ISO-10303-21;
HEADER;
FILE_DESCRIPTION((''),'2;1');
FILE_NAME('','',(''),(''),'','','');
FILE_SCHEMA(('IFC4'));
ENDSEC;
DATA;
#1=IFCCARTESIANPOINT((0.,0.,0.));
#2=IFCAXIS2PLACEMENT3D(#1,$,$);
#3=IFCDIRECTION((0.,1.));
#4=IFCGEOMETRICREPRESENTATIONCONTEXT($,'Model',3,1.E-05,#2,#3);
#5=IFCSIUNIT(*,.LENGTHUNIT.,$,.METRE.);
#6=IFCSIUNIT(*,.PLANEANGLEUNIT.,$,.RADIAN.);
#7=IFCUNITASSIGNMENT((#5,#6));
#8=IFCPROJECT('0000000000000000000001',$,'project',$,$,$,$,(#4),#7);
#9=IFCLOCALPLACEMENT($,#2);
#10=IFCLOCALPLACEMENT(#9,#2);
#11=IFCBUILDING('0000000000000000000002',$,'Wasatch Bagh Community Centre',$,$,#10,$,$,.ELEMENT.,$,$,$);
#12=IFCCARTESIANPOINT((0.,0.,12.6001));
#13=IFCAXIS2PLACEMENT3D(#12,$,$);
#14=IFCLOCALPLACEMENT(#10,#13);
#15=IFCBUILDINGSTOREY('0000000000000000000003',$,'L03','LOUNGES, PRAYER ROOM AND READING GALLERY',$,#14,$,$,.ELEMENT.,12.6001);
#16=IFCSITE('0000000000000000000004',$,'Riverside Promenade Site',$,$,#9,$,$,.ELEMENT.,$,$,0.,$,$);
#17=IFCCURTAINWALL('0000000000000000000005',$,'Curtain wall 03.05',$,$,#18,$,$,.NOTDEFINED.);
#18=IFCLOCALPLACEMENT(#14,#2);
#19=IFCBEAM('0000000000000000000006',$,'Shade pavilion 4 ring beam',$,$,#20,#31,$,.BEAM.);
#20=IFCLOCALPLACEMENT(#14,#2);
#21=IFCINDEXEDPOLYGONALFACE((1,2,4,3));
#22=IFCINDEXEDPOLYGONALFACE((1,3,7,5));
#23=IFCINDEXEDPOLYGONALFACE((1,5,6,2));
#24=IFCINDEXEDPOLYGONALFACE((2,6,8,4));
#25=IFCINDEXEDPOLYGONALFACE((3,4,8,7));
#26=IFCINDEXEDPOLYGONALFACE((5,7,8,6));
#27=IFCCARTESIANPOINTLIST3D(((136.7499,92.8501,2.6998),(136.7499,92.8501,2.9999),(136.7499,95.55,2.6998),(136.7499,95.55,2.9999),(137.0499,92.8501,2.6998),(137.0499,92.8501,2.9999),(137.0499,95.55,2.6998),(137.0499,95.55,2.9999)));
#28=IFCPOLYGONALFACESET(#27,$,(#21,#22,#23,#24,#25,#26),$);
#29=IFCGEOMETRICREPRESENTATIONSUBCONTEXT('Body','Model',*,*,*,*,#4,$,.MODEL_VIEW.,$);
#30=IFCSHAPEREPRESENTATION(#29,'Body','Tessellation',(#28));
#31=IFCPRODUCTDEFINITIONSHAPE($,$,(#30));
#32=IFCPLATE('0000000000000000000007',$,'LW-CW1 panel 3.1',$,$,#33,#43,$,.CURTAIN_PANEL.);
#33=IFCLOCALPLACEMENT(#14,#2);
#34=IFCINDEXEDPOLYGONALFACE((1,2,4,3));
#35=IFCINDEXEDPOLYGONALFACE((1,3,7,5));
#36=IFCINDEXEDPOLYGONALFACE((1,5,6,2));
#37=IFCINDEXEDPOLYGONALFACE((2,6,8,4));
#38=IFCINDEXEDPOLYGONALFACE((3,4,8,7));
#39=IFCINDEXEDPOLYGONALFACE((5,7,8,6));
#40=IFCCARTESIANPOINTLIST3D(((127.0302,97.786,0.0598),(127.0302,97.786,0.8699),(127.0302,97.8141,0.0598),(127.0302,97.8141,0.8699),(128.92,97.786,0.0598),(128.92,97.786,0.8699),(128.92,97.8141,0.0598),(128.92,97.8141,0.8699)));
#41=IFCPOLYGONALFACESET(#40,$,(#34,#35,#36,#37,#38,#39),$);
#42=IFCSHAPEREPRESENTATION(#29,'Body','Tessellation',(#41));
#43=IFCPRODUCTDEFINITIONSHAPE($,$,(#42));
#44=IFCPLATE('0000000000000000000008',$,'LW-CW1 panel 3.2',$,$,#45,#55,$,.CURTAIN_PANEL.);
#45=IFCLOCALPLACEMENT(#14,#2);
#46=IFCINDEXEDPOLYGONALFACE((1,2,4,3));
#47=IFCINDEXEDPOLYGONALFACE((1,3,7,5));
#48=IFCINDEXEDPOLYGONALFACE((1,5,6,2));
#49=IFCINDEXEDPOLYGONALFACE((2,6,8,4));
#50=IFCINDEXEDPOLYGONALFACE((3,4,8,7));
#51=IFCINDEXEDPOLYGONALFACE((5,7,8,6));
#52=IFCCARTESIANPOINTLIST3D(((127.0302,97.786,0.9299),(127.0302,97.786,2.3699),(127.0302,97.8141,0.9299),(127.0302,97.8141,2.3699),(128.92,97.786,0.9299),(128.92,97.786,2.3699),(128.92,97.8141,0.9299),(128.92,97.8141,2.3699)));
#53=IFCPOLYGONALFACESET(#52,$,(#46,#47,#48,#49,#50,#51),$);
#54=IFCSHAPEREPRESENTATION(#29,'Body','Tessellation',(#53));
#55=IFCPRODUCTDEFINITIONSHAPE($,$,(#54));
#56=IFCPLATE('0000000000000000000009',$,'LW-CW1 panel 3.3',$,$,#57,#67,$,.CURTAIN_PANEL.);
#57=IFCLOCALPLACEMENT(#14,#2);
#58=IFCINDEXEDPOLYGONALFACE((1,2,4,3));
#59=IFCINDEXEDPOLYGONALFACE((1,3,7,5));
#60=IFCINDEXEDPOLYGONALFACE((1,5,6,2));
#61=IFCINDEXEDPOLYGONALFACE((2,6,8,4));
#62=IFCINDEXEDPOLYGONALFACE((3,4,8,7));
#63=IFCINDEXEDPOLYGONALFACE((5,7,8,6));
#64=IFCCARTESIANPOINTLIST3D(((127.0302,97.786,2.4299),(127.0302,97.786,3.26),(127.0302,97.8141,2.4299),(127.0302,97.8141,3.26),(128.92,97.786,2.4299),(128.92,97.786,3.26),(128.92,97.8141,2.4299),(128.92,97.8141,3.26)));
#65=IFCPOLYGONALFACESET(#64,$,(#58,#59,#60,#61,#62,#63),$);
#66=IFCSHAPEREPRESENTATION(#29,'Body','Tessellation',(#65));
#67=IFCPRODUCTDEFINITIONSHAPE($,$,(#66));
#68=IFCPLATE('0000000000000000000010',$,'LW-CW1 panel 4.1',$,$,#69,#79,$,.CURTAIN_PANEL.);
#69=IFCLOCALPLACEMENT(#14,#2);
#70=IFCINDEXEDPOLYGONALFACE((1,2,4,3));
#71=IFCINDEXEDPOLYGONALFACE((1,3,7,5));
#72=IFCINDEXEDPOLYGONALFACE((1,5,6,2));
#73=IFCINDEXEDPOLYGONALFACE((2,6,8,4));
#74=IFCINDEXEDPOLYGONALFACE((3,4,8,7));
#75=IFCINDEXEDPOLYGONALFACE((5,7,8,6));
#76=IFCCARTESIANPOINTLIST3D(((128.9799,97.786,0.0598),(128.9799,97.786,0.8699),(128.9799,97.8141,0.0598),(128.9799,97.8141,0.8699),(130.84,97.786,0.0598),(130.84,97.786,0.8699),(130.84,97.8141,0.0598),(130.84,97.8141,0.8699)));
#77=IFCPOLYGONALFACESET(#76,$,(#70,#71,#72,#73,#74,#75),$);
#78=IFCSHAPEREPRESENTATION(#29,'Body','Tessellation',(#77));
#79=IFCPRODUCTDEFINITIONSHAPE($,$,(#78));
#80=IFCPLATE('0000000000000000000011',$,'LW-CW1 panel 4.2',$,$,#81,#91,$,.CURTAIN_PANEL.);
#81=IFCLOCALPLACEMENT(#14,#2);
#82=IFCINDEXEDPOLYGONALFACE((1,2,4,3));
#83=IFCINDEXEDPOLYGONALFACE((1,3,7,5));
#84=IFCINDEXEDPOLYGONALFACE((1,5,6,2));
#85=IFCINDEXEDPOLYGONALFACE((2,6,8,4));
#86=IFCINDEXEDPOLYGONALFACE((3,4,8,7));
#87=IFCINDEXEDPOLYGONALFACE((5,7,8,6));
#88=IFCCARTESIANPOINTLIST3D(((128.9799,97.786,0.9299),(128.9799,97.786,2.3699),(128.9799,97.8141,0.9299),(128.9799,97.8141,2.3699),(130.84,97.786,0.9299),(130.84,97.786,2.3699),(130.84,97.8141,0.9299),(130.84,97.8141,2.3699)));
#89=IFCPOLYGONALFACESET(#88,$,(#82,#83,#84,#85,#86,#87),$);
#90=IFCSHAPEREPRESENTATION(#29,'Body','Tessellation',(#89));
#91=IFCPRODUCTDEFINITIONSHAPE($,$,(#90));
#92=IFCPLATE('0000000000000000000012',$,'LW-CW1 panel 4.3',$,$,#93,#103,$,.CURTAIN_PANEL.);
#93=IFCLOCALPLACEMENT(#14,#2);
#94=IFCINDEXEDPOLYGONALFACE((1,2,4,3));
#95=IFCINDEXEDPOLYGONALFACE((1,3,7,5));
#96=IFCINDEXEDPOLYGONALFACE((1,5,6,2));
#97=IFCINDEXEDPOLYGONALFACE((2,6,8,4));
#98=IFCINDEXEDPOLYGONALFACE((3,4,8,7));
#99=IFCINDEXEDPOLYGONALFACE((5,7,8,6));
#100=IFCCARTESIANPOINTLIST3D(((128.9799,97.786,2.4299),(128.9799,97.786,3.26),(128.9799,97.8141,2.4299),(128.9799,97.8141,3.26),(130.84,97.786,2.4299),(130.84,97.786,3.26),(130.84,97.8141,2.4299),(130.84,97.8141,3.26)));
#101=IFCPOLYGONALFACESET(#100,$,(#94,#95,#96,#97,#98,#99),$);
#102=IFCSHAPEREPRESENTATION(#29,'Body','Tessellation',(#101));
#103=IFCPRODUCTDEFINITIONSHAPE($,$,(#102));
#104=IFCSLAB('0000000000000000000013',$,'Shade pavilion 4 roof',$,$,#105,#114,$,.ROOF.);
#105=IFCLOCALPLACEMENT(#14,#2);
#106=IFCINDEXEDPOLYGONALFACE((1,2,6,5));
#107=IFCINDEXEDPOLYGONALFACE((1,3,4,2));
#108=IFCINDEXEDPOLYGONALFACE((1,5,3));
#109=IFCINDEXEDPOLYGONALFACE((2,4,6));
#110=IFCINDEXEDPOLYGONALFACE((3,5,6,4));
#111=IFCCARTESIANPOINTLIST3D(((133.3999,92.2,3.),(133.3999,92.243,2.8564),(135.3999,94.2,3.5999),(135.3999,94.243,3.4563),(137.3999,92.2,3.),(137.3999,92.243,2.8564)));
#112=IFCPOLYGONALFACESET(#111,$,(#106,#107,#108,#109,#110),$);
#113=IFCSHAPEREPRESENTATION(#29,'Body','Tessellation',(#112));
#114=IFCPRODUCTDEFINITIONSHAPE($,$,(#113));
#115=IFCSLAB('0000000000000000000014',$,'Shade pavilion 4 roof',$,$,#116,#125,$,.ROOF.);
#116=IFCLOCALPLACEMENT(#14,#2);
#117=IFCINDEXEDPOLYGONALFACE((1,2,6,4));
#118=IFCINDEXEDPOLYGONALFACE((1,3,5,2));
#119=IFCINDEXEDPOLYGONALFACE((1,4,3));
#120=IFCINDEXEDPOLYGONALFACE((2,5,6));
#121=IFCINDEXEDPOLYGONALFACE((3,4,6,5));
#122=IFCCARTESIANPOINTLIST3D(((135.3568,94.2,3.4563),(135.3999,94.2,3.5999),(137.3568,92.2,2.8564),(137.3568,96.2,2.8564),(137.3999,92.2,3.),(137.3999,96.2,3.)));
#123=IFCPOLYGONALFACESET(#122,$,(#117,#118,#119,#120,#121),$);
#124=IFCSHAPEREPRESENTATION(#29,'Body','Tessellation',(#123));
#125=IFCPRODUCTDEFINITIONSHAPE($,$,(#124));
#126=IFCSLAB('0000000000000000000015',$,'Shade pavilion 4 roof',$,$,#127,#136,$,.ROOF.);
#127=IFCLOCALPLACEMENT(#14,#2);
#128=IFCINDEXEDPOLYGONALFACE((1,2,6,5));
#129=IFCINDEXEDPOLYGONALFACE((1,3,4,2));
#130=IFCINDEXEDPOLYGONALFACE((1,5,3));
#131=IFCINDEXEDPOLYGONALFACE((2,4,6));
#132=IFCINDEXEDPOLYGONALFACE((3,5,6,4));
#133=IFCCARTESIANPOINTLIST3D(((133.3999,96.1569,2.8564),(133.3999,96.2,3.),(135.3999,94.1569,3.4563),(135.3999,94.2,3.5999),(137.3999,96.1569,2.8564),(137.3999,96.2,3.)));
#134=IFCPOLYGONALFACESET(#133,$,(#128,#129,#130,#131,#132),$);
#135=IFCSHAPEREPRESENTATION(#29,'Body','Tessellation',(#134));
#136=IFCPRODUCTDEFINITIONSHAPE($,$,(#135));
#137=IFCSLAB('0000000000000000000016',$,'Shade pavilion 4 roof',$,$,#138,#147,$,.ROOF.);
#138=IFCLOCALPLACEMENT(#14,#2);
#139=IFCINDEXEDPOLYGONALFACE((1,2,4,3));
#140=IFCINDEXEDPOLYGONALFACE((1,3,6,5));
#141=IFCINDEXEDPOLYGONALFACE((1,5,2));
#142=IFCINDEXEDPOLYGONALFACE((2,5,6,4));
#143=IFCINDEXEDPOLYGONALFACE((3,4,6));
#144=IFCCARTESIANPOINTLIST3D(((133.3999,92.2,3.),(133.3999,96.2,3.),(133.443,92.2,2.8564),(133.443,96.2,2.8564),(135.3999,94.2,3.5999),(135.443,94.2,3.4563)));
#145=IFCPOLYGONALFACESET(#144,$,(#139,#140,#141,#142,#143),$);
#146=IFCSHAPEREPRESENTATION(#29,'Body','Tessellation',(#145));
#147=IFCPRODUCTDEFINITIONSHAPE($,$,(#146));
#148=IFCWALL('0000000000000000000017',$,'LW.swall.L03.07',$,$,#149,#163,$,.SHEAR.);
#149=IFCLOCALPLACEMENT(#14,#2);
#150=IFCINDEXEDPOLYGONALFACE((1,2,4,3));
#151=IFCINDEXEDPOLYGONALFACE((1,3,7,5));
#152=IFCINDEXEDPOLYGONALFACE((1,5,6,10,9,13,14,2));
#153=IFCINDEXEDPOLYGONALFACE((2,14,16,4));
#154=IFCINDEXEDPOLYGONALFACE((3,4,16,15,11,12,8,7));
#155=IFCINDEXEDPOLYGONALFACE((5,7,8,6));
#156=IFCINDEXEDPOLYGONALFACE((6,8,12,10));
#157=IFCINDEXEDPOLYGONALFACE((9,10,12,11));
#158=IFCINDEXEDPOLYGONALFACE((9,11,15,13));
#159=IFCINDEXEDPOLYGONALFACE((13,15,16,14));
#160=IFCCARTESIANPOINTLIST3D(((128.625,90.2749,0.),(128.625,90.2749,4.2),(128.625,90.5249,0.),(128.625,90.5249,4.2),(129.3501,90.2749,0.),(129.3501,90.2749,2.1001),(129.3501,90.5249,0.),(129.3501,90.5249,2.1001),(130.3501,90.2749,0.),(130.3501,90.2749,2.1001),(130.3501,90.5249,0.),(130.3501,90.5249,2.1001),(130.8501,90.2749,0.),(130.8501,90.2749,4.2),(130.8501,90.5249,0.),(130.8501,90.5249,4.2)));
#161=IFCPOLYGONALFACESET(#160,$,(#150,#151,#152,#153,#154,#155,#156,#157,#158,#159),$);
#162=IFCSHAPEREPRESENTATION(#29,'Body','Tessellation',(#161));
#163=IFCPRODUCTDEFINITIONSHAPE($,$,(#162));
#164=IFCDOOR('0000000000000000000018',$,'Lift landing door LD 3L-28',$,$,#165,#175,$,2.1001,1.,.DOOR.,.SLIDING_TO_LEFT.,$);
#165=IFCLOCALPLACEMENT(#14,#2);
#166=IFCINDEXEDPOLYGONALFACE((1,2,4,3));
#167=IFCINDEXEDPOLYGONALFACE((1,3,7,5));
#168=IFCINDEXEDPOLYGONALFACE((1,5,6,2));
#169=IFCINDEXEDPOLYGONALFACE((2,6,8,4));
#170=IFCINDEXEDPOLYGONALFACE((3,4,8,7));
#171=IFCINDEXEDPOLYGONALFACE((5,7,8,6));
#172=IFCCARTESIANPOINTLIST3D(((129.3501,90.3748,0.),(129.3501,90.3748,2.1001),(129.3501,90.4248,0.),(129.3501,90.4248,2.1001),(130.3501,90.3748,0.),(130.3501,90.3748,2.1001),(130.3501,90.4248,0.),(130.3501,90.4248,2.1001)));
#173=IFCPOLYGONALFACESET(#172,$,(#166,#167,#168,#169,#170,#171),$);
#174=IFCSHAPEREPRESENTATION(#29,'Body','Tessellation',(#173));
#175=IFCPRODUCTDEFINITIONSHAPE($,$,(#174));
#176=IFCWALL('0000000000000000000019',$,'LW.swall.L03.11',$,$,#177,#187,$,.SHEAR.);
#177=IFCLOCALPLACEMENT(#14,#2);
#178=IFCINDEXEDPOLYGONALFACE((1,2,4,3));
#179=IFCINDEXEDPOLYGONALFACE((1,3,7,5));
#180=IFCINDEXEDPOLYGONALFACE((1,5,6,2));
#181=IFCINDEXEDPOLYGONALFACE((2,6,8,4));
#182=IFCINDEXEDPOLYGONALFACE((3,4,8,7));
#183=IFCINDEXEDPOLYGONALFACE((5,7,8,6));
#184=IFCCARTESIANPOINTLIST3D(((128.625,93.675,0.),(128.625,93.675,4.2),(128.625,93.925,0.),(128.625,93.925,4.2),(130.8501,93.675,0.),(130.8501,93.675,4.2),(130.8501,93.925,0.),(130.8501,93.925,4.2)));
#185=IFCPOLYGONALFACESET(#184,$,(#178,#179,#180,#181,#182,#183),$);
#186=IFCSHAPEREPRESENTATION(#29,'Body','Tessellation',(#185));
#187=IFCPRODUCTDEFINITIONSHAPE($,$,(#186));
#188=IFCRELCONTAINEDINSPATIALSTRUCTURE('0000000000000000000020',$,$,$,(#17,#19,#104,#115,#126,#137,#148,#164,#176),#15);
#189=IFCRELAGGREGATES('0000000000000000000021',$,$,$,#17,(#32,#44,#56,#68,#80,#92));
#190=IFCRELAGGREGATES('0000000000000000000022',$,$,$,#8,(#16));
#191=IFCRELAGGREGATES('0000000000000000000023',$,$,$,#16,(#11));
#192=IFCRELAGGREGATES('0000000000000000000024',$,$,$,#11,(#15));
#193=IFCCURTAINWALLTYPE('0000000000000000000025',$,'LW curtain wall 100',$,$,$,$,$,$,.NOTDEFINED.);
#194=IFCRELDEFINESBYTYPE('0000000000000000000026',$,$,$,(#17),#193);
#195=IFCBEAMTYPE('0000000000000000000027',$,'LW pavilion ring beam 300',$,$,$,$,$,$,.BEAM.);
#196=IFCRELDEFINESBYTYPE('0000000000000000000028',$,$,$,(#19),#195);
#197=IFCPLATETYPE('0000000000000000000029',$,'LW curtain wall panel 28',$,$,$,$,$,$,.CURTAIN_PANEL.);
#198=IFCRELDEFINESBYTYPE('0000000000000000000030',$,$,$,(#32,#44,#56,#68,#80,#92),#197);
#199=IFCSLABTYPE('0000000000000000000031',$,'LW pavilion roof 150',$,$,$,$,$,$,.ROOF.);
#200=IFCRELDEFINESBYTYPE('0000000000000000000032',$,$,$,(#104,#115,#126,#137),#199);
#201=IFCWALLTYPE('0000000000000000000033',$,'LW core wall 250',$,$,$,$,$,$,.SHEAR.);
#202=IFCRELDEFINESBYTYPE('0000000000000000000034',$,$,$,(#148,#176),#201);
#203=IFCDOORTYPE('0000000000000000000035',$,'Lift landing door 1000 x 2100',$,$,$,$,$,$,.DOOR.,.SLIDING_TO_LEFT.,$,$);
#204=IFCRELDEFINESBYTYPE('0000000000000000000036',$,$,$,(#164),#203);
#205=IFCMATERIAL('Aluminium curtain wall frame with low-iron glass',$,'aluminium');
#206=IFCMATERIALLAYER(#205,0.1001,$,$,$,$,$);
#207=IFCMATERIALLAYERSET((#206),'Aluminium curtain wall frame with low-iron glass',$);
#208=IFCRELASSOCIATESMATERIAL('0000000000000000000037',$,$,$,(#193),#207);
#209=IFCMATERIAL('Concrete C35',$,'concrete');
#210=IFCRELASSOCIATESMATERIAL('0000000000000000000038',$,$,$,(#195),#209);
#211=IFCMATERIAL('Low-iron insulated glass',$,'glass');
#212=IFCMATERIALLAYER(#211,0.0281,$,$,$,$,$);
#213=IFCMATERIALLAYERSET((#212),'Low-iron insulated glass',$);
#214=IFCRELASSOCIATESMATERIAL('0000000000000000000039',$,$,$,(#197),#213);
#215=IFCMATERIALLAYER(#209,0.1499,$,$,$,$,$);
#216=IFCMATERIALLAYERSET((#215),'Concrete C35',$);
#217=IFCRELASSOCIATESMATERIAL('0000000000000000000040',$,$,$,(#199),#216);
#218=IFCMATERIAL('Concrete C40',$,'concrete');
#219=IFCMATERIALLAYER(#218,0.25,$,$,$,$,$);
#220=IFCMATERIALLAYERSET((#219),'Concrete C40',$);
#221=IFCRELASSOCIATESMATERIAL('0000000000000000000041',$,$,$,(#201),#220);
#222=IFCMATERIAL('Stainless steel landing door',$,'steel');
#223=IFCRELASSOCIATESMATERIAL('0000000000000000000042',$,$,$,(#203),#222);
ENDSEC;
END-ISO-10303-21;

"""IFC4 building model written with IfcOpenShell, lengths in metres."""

from ifc_helpers import new_model, si_unit, direction, frame, frame_2d, origin, origin_2d, place, context, subcontext, project, spatial, polyline, rectangle, outline, extrude, material, layer, layer_set, material_profile, profile_set, type_object, element, fill, aggregate, save


model = new_model("IFC4")

# Units and contexts
model_context = context("Model", 3, precision=1e-05, world=origin(), true_north=direction((0.0, 1.0)))
body_context = subcontext(model_context, "Body", "Model", "MODEL_VIEW")
ifc_project = project(units=[si_unit("LENGTHUNIT", "METRE"), si_unit("PLANEANGLEUNIT", "RADIAN")], contexts=[model_context])

# Site, building, storey
site_placement = place(None, origin())
site = spatial("IfcSite", under=ifc_project, at=site_placement, Name="Riverside Promenade Site", CompositionType="ELEMENT", RefElevation=0.0)
building_placement = place(site_placement, origin())
building = spatial("IfcBuilding", under=site, at=building_placement, Name="Wasatch Bagh Community Centre", CompositionType="ELEMENT")
storey_placement = place(building_placement, frame((0.0, 0.0, 12.6001)))
storey = spatial("IfcBuildingStorey", under=building, at=storey_placement, Name="L03", Description="LOUNGES, PRAYER ROOM AND READING GALLERY", CompositionType="ELEMENT", Elevation=12.6001)

# Shared definitions
ifc_material_1 = material(Name="Concrete C40", Category="concrete")
ifc_material_2 = material(Name="Concrete C35", Category="concrete")

# Curtain wall
ifc_material_3 = material(Name="Aluminium curtain wall frame with low-iron glass", Category="aluminium")
ifc_layer_1 = layer(ifc_material_3, 0.1001)
ifc_layer_set_1 = layer_set([ifc_layer_1], Name="Aluminium curtain wall frame with low-iron glass")
curtain_wall_type = type_object("IfcCurtainWallType", Name="LW curtain wall 100", PredefinedType="NOTDEFINED", material=ifc_layer_set_1)
curtain_wall_placement = place(storey_placement, origin())
curtain_wall = element("IfcCurtainWall", 1, at=curtain_wall_placement, inside=storey, type_object=curtain_wall_type, Name="Curtain wall 03.05", PredefinedType="NOTDEFINED")

# Beam
ifc_material_profile_1 = material_profile(ifc_material_2, rectangle(XDim=0.3, YDim=0.3, at=origin_2d()), Name="RC 300x300")
ifc_profile_set_1 = profile_set([ifc_material_profile_1], Name="Concrete C35")
beam_type = type_object("IfcBeamType", Name="LW pavilion ring beam 300", PredefinedType="BEAM", material=ifc_profile_set_1)
for number, where, z_axis, x_axis, name in (
    (2, (136.8999, 92.8501, 2.8499), (0.0, 1.0, 0.0), (-1.0, 0.0, 0.0), "Shade pavilion 4 ring beam"),
):
    element("IfcBeam", number, at=place(storey_placement, frame(where, z_axis=z_axis, x_axis=x_axis)), inside=storey, type_object=beam_type, Name=name, PredefinedType="BEAM", context=body_context, shape_type="SweptSolid", body=[
        extrude(rectangle(XDim=0.3, YDim=0.3, at=origin_2d()), origin(), (0.0, 0.0, 1.0), 2.7),
    ])

# Plates
ifc_material_4 = material(Name="Low-iron insulated glass", Category="glass")
ifc_layer_2 = layer(ifc_material_4, 0.0281)
ifc_layer_set_2 = layer_set([ifc_layer_2], Name="Low-iron insulated glass")
plate_type = type_object("IfcPlateType", Name="LW curtain wall panel 28", PredefinedType="CURTAIN_PANEL", material=ifc_layer_set_2)
plate_1_placement = place(storey_placement, frame((127.9751, 97.8, 0.0598), z_axis=(0.0, 0.0, 1.0), x_axis=(1.0, 0.0, 0.0)))
plate_1 = element("IfcPlate", 3, at=plate_1_placement, type_object=plate_type, Name="LW-CW1 panel 3.1", PredefinedType="CURTAIN_PANEL", context=body_context, shape_type="SweptSolid", body=[
    extrude(rectangle(XDim=1.8899, YDim=0.0281, at=origin_2d()), origin(), (0.0, 0.0, 1.0), 0.8101),
])
plate_2_placement = place(storey_placement, frame((127.9751, 97.8, 0.9299), z_axis=(0.0, 0.0, 1.0), x_axis=(1.0, 0.0, 0.0)))
plate_2 = element("IfcPlate", 4, at=plate_2_placement, type_object=plate_type, Name="LW-CW1 panel 3.2", PredefinedType="CURTAIN_PANEL", context=body_context, shape_type="SweptSolid", body=[
    extrude(rectangle(XDim=1.8899, YDim=0.0281, at=origin_2d()), origin(), (0.0, 0.0, 1.0), 1.4399),
])
plate_3_placement = place(storey_placement, frame((127.9751, 97.8, 2.4299), z_axis=(0.0, 0.0, 1.0), x_axis=(1.0, 0.0, 0.0)))
plate_3 = element("IfcPlate", 5, at=plate_3_placement, type_object=plate_type, Name="LW-CW1 panel 3.3", PredefinedType="CURTAIN_PANEL", context=body_context, shape_type="SweptSolid", body=[
    extrude(rectangle(XDim=1.8899, YDim=0.0281, at=origin_2d()), origin(), (0.0, 0.0, 1.0), 0.8301),
])
plate_4_placement = place(storey_placement, frame((129.9099, 97.8, 0.0598), z_axis=(0.0, 0.0, 1.0), x_axis=(1.0, 0.0, 0.0)))
plate_4 = element("IfcPlate", 6, at=plate_4_placement, type_object=plate_type, Name="LW-CW1 panel 4.1", PredefinedType="CURTAIN_PANEL", context=body_context, shape_type="SweptSolid", body=[
    extrude(rectangle(XDim=1.8601, YDim=0.0281, at=origin_2d()), origin(), (0.0, 0.0, 1.0), 0.8101),
])
plate_5_placement = place(storey_placement, frame((129.9099, 97.8, 0.9299), z_axis=(0.0, 0.0, 1.0), x_axis=(1.0, 0.0, 0.0)))
plate_5 = element("IfcPlate", 7, at=plate_5_placement, type_object=plate_type, Name="LW-CW1 panel 4.2", PredefinedType="CURTAIN_PANEL", context=body_context, shape_type="SweptSolid", body=[
    extrude(rectangle(XDim=1.8601, YDim=0.0281, at=origin_2d()), origin(), (0.0, 0.0, 1.0), 1.4399),
])
plate_6_placement = place(storey_placement, frame((129.9099, 97.8, 2.4299), z_axis=(0.0, 0.0, 1.0), x_axis=(1.0, 0.0, 0.0)))
plate_6 = element("IfcPlate", 8, at=plate_6_placement, type_object=plate_type, Name="LW-CW1 panel 4.3", PredefinedType="CURTAIN_PANEL", context=body_context, shape_type="SweptSolid", body=[
    extrude(rectangle(XDim=1.8601, YDim=0.0281, at=origin_2d()), origin(), (0.0, 0.0, 1.0), 0.8301),
])
aggregate(curtain_wall, [plate_1, plate_2, plate_3, plate_4, plate_5, plate_6])

# Slabs
ifc_layer_3 = layer(ifc_material_2, 0.1499)
ifc_layer_set_3 = layer_set([ifc_layer_3], Name="Concrete C35")
slab_type = type_object("IfcSlabType", Name="LW pavilion roof 150", PredefinedType="ROOF", material=ifc_layer_set_3)
for number, where, z_axis, x_axis, name in (
    (9, (133.3999, 92.2, 3.0), (0.0, -0.287284, 0.957846), (1.0, 0.0, 0.0), "Shade pavilion 4 roof"),
    (10, (137.3999, 92.2, 3.0), (0.287284, 0.0, 0.957846), (0.0, 1.0, 0.0), "Shade pavilion 4 roof"),
    (11, (137.3999, 96.2, 3.0), (0.0, 0.287284, 0.957846), (-1.0, 0.0, 0.0), "Shade pavilion 4 roof"),
    (12, (133.3999, 96.2, 3.0), (-0.287284, 0.0, 0.957846), (0.0, -1.0, 0.0), "Shade pavilion 4 roof"),
):
    element("IfcSlab", number, at=place(storey_placement, frame(where, z_axis=z_axis, x_axis=x_axis)), inside=storey, type_object=slab_type, Name=name, PredefinedType="ROOF", context=body_context, shape_type="SweptSolid", body=[
        extrude(outline(polyline([(0.0, 0.0), (4.0, 0.0), (2.0, 2.088), (0.0, 0.0)])), origin(), (0.0, 0.0, -1.0), 0.1499),
    ])

# Wall, opening, door
ifc_layer_4 = layer(ifc_material_1, 0.25)
ifc_layer_set_4 = layer_set([ifc_layer_4], Name="Concrete C40")
wall_type_1 = type_object("IfcWallType", Name="LW core wall 250", PredefinedType="SHEAR", material=ifc_layer_set_4)
wall_1_placement = place(storey_placement, frame((128.625, 90.3999, 0.0), z_axis=(0.0, 0.0, 1.0), x_axis=(1.0, 0.0, 0.0)))
wall_1 = element("IfcWall", 13, at=wall_1_placement, inside=storey, type_object=wall_type_1, Name="LW.swall.L03.07", PredefinedType="SHEAR", context=body_context, shape_type="SweptSolid", body=[
    extrude(rectangle(XDim=2.2251, YDim=0.25, at=frame_2d((1.1125, 0.0))), origin(), (0.0, 0.0, 1.0), 4.2),
])
opening_placement = place(wall_1_placement, frame((0.7251, 0.0, 0.0)))
opening = element("IfcOpeningElement", 14, at=opening_placement, cuts=wall_1, PredefinedType="OPENING", context=body_context, shape_type="SweptSolid", body=[
    extrude(rectangle(XDim=1.0, YDim=2.1001, at=frame_2d((0.5, 1.05))), frame((0.0, 0.135, 0.0), z_axis=(0.0, -1.0, 0.0), x_axis=(1.0, 0.0, 0.0)), (0.0, 0.0, 1.0), 0.27),
])
ifc_material_5 = material(Name="Stainless steel landing door", Category="steel")
door_type = type_object("IfcDoorType", Name="Lift landing door 1000 x 2100", OperationType="SLIDING_TO_LEFT", PredefinedType="DOOR", material=ifc_material_5)
door_placement = place(opening_placement, origin())
door = element("IfcDoor", 15, at=door_placement, inside=storey, type_object=door_type, Name="Lift landing door LD 3L-28", OperationType="SLIDING_TO_LEFT", OverallHeight=2.1001, OverallWidth=1.0, PredefinedType="DOOR", context=body_context, shape_type="SweptSolid", body=[
    extrude(rectangle(XDim=1.0, YDim=2.1001, at=frame_2d((0.5, 1.05))), frame((0.0, 0.0249, 0.0), z_axis=(0.0, -1.0, 0.0), x_axis=(1.0, 0.0, 0.0)), (0.0, 0.0, 1.0), 0.05),
])
fill(opening, door)

# Wall
wall_2_placement = place(storey_placement, frame((128.625, 93.8, 0.0), z_axis=(0.0, 0.0, 1.0), x_axis=(1.0, 0.0, 0.0)))
element("IfcWall", 16, at=wall_2_placement, inside=storey, type_object=wall_type_1, Name="LW.swall.L03.11", PredefinedType="SHEAR", context=body_context, shape_type="SweptSolid", body=[
    extrude(rectangle(XDim=2.2251, YDim=0.25, at=frame_2d((1.1125, 0.0))), origin(), (0.0, 0.0, 1.0), 4.2),
])

save(model, "model.ifc")
